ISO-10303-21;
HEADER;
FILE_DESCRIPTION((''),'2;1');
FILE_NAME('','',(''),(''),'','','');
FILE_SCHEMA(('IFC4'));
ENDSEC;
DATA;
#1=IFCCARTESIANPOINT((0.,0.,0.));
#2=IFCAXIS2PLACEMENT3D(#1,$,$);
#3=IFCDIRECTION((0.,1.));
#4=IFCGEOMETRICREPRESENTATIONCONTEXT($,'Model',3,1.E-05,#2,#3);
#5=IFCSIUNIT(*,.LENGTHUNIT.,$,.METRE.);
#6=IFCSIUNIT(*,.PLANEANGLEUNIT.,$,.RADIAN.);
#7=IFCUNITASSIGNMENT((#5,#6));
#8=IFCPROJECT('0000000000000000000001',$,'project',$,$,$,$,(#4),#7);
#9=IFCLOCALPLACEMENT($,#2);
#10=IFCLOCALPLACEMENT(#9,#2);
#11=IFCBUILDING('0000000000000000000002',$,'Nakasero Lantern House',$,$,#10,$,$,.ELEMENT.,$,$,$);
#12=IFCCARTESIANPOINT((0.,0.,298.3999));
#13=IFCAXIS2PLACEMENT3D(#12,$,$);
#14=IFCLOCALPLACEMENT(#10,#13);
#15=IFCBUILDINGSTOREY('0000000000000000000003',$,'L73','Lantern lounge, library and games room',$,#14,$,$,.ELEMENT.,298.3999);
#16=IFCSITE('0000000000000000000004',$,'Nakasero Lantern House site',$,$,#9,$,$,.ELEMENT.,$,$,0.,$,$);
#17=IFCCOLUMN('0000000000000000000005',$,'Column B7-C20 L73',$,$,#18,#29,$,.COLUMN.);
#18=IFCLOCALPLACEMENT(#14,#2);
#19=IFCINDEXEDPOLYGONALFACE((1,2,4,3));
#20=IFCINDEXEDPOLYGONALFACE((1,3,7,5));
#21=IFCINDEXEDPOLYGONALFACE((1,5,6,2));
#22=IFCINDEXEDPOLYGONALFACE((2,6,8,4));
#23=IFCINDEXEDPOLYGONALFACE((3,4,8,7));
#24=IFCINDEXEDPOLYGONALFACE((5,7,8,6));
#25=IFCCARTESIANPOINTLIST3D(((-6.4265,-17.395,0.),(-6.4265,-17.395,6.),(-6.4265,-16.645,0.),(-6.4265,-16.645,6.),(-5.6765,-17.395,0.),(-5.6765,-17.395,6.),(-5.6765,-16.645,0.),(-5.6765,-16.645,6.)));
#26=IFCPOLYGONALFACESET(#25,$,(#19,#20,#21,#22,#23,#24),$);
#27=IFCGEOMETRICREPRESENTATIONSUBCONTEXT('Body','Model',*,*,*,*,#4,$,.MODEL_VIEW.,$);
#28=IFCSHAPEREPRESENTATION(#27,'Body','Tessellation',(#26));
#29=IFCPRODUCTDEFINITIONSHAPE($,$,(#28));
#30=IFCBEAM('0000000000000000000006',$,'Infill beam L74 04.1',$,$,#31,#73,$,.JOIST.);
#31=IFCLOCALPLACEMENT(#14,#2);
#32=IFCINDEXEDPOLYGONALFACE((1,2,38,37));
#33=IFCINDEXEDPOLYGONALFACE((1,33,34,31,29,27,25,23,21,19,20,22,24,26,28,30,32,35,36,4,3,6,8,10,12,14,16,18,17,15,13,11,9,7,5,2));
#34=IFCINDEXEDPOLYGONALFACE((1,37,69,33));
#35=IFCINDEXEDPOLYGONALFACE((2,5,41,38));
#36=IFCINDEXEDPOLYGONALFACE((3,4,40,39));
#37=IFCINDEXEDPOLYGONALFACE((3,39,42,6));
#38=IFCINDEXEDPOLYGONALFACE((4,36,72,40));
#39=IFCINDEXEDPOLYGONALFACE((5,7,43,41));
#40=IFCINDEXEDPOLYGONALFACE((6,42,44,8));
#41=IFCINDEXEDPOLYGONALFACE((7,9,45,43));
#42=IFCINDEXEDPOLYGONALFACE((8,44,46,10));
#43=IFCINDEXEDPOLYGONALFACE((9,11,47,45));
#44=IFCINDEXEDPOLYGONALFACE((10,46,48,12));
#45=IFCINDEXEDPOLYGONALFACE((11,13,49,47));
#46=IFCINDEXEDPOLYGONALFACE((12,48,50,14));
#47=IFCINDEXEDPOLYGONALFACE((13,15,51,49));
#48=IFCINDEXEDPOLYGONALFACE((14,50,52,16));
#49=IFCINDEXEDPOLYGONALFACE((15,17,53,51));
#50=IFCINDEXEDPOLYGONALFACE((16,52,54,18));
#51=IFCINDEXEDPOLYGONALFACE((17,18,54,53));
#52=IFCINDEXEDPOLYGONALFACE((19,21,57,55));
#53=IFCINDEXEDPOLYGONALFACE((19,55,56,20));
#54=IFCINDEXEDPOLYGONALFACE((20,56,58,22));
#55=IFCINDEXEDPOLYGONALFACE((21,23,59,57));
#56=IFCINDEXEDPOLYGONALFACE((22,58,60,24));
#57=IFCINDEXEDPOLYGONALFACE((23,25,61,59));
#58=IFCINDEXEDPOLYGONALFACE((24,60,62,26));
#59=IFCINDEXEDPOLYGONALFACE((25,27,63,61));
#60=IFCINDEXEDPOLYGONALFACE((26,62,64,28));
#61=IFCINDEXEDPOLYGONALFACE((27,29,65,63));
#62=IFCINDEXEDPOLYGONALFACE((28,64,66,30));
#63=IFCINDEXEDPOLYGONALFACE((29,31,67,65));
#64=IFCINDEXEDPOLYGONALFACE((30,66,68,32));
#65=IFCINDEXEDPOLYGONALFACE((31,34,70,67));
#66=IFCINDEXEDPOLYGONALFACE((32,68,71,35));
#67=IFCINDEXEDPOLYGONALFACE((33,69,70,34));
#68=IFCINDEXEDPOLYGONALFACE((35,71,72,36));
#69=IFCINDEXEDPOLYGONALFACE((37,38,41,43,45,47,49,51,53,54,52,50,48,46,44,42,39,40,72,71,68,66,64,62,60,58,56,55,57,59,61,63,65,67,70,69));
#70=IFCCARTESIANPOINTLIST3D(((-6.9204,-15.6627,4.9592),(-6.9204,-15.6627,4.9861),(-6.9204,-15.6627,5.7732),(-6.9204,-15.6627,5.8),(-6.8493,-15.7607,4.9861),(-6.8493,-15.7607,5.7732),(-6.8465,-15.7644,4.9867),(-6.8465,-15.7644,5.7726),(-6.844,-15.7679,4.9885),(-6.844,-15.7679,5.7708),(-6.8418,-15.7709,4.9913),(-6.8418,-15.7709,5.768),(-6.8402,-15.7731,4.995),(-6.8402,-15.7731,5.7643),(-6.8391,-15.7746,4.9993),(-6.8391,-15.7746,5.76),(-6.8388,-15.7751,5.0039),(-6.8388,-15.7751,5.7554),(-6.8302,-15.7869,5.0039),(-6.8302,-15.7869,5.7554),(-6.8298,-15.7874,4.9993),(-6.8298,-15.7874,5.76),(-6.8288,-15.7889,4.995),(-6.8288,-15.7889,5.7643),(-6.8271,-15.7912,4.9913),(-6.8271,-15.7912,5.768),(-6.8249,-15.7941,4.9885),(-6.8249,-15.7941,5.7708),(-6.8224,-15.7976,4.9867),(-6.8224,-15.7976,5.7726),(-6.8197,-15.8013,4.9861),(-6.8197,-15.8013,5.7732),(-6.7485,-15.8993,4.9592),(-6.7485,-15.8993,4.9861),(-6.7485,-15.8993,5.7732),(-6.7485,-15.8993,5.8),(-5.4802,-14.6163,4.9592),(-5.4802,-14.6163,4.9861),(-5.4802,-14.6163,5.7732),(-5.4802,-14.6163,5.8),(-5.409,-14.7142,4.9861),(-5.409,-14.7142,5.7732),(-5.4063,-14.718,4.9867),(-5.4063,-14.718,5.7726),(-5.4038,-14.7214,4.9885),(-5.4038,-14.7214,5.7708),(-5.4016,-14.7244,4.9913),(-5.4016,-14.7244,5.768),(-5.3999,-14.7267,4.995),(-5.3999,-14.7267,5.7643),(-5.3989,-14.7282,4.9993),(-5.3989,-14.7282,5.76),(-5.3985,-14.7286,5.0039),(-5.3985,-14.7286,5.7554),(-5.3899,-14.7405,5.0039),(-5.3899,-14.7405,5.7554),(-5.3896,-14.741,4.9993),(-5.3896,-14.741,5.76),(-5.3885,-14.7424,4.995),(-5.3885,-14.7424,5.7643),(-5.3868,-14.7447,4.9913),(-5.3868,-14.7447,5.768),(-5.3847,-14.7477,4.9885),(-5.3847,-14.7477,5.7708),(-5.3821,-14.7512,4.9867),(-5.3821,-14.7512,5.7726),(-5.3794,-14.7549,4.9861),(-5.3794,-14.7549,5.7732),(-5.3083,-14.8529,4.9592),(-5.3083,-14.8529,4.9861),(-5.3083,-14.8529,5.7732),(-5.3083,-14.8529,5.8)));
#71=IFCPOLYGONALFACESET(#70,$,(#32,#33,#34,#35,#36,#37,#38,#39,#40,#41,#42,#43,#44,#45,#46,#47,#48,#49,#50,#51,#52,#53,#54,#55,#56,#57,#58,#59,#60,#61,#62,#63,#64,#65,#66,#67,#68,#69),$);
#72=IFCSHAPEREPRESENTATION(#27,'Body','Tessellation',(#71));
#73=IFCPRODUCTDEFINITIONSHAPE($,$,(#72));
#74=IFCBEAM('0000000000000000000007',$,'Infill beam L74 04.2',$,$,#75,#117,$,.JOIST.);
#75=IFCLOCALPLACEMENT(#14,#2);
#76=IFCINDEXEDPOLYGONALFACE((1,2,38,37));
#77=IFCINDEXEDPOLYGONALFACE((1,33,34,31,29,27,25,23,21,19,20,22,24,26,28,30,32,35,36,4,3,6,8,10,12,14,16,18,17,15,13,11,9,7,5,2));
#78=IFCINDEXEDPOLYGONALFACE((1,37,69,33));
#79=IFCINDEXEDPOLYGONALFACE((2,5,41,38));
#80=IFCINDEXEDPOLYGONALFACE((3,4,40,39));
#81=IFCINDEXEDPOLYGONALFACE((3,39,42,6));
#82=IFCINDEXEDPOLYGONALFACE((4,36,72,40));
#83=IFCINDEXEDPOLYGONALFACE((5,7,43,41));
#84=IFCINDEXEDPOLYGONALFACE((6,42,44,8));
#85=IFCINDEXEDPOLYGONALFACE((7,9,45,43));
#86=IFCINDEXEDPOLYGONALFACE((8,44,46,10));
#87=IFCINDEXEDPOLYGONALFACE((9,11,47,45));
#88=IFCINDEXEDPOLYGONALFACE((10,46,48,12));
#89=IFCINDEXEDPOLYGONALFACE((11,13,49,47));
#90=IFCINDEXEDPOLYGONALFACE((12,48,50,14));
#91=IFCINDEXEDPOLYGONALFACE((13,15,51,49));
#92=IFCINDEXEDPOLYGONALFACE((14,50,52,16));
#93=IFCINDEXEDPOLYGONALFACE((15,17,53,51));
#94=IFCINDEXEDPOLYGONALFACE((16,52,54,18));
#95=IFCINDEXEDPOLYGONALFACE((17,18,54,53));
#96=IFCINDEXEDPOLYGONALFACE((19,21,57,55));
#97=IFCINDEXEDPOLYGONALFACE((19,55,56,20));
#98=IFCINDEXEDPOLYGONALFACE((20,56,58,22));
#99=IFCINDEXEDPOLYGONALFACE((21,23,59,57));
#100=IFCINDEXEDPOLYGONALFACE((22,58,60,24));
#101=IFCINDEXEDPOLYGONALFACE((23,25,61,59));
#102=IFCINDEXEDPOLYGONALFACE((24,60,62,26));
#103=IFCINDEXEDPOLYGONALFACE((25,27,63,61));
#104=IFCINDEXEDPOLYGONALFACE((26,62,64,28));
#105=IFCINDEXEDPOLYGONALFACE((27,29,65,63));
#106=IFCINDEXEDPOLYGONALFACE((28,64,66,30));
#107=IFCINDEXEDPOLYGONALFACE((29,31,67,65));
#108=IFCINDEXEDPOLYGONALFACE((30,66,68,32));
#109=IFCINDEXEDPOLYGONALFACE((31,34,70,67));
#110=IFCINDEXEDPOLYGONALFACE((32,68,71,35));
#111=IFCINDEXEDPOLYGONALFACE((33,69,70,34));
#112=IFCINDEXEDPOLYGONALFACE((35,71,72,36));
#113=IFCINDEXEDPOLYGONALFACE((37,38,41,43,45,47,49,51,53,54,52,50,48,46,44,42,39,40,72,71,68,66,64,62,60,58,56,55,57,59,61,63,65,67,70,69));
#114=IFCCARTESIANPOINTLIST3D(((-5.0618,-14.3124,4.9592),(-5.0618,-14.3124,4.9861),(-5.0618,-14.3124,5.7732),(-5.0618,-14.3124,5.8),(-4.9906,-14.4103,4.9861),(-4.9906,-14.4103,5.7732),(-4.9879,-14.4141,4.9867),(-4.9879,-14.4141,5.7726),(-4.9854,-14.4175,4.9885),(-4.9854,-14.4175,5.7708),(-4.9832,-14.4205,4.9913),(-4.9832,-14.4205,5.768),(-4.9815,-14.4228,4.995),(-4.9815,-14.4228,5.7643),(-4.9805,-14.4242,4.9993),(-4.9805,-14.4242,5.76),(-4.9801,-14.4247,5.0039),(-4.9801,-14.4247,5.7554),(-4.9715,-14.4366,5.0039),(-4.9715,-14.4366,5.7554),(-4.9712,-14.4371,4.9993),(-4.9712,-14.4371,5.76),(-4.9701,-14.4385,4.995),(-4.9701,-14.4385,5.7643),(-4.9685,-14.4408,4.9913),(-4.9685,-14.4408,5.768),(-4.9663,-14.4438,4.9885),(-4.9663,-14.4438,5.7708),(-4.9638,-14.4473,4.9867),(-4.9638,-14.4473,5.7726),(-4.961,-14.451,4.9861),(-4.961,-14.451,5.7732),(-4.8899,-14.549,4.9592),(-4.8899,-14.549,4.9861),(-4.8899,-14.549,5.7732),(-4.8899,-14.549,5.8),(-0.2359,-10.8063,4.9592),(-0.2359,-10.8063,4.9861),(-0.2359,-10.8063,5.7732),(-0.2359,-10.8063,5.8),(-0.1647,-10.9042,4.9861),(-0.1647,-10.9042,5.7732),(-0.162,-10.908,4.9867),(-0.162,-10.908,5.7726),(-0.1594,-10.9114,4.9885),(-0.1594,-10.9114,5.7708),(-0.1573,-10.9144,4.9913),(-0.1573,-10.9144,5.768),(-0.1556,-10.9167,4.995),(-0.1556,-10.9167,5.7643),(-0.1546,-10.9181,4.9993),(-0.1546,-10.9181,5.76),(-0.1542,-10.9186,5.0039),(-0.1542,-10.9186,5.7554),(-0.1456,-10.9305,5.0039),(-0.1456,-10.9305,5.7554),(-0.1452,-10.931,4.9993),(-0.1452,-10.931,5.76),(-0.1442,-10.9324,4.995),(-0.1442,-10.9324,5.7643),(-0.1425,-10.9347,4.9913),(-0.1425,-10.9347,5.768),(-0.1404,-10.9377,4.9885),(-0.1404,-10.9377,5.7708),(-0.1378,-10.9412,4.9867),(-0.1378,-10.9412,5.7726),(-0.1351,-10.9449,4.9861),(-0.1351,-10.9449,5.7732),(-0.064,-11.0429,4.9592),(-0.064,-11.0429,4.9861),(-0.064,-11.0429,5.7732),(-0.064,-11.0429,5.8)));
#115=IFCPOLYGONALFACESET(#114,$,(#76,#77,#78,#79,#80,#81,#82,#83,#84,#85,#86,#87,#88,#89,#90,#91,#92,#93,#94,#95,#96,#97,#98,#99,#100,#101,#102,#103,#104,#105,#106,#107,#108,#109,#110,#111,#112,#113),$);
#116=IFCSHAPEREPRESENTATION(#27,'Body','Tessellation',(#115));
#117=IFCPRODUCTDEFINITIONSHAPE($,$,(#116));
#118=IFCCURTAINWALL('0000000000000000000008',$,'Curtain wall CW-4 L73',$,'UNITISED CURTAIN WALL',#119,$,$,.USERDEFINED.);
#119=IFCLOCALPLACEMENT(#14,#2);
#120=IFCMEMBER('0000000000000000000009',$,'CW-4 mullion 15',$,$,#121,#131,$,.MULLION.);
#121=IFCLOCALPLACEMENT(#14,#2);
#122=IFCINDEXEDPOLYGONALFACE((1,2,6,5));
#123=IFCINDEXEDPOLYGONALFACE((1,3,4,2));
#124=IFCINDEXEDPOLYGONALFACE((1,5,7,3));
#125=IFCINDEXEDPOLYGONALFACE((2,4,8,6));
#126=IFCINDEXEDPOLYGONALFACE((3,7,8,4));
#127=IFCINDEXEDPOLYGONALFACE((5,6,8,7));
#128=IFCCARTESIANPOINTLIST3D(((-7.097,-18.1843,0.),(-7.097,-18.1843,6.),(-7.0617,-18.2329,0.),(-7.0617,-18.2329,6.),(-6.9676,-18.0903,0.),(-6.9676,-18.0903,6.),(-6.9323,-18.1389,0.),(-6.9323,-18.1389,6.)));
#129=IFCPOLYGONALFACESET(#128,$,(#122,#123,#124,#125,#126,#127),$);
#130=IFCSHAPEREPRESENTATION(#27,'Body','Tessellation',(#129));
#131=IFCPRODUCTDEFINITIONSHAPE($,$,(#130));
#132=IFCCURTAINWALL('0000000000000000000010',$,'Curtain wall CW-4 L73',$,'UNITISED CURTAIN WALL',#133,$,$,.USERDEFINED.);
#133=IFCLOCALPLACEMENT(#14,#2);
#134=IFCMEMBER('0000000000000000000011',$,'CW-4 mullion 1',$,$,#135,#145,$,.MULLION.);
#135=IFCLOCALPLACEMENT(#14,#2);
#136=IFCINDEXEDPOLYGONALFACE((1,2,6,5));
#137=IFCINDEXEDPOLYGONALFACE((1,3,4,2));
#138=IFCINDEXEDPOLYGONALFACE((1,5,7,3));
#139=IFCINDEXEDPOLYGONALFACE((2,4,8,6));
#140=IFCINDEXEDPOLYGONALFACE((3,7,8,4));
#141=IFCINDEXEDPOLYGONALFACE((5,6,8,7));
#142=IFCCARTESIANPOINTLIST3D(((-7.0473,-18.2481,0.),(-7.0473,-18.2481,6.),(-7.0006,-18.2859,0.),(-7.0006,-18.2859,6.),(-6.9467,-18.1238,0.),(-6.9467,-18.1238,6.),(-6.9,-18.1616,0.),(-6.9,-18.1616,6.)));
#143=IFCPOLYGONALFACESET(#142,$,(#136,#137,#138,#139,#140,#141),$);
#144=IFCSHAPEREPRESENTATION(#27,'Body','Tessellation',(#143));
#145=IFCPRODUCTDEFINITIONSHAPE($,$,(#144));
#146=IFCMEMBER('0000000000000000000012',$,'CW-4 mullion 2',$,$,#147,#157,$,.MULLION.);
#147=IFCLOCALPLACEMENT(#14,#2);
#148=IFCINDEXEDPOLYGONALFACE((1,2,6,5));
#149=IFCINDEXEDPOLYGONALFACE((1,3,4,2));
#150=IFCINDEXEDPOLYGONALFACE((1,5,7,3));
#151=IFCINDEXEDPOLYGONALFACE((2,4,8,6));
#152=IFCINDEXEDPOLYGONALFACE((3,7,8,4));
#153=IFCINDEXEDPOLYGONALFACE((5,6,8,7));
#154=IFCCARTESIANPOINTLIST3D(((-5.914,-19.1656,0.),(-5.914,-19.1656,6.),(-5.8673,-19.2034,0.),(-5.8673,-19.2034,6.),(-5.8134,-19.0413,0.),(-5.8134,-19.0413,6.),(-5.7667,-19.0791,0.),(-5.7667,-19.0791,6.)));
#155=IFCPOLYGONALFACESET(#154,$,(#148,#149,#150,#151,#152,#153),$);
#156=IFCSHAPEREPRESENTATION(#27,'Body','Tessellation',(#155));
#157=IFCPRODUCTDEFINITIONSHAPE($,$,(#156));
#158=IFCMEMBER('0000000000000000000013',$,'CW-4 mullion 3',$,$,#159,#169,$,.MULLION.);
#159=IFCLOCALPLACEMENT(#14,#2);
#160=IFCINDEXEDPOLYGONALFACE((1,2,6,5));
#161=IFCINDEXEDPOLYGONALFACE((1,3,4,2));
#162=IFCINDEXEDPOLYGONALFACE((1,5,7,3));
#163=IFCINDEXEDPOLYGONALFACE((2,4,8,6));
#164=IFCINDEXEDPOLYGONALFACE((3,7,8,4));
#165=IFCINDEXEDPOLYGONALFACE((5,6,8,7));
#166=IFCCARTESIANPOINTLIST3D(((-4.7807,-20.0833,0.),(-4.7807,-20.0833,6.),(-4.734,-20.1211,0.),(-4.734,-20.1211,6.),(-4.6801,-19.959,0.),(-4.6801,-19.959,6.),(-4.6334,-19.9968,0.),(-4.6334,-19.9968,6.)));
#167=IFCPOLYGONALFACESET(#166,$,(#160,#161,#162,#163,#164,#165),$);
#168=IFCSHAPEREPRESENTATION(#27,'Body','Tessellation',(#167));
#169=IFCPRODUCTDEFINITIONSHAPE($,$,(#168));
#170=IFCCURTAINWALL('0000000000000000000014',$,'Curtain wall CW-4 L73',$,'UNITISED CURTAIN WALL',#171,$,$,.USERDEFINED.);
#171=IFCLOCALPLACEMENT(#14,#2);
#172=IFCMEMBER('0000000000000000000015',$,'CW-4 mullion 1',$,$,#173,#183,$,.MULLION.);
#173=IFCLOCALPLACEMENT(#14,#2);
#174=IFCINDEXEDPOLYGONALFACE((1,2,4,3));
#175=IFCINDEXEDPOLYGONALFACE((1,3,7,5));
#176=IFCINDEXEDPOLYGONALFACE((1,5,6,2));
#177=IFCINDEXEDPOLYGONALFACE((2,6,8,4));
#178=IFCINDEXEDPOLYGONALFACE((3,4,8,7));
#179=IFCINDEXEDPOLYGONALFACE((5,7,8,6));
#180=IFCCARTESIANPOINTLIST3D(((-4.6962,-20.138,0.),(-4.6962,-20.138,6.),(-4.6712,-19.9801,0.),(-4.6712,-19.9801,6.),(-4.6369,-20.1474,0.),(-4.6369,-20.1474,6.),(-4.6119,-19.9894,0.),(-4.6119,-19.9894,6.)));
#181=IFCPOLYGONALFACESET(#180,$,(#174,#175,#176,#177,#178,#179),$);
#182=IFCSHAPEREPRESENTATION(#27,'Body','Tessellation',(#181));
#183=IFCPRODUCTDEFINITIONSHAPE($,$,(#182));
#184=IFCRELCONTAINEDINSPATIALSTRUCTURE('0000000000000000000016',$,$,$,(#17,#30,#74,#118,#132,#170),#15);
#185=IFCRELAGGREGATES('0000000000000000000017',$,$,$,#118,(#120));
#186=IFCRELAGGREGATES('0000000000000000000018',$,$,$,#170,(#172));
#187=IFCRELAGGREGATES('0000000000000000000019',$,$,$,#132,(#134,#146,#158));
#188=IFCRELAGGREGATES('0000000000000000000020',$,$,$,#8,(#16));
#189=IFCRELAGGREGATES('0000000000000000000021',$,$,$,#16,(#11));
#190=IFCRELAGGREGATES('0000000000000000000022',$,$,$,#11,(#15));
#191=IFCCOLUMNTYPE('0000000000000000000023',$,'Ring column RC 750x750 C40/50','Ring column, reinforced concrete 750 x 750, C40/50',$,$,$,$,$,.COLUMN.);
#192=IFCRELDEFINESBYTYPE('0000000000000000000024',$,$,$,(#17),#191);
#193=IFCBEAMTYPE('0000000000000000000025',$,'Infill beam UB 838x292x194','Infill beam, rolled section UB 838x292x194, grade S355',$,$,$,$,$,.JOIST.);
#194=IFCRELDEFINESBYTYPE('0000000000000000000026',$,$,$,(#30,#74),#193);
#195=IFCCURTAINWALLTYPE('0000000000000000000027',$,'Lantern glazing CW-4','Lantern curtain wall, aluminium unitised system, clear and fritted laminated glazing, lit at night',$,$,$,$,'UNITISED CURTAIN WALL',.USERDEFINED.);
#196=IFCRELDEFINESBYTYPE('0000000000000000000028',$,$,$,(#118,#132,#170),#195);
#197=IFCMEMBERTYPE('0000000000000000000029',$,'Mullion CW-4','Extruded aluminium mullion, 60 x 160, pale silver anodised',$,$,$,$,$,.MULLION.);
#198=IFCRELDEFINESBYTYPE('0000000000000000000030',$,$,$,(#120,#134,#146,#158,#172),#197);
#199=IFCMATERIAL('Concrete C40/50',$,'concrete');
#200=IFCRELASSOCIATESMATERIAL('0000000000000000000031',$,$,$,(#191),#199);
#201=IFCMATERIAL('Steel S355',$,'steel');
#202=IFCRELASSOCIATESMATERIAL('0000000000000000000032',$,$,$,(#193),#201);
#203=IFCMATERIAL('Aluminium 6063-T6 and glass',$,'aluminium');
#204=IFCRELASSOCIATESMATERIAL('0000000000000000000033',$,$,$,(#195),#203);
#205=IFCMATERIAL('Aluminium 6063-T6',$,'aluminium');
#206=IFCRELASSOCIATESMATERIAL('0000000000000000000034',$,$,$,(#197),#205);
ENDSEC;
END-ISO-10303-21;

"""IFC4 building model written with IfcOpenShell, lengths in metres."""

from ifc_helpers import new_model, si_unit, direction, frame, origin, origin_2d, place, context, subcontext, project, spatial, rectangle, i_section, extrude, material, material_profile, profile_set, type_object, element, aggregate, save


model = new_model("IFC4")

# Units and contexts
model_context = context("Model", 3, precision=1e-05, world=origin(), true_north=direction((0.0, 1.0)))
body_context = subcontext(model_context, "Body", "Model", "MODEL_VIEW")
ifc_project = project(units=[si_unit("LENGTHUNIT", "METRE"), si_unit("PLANEANGLEUNIT", "RADIAN")], contexts=[model_context])

# Site, building, storey
site_placement = place(None, origin())
site = spatial("IfcSite", under=ifc_project, at=site_placement, Name="Nakasero Lantern House site", CompositionType="ELEMENT", RefElevation=0.0)
building_placement = place(site_placement, origin())
building = spatial("IfcBuilding", under=site, at=building_placement, Name="Nakasero Lantern House", CompositionType="ELEMENT")
storey_placement = place(building_placement, frame((0.0, 0.0, 298.3999)))
storey = spatial("IfcBuildingStorey", under=building, at=storey_placement, Name="L73", Description="Lantern lounge, library and games room", CompositionType="ELEMENT", Elevation=298.3999)

# Column
ifc_material_1 = material(Name="Concrete C40/50", Category="concrete")
ifc_material_profile_1 = material_profile(ifc_material_1, rectangle(XDim=0.75, YDim=0.75, at=origin_2d()), Name="RC 750x750")
ifc_profile_set_1 = profile_set([ifc_material_profile_1], Name="Concrete C40/50")
column_type = type_object("IfcColumnType", Name="Ring column RC 750x750 C40/50", Description="Ring column, reinforced concrete 750 x 750, C40/50", PredefinedType="COLUMN", material=ifc_profile_set_1)
column_placement = place(storey_placement, frame((-6.0515, -17.02, 0.0), z_axis=(0.0, 0.0, 1.0), x_axis=(1.0, 0.0, 0.0)))
element("IfcColumn", 1, at=column_placement, inside=storey, type_object=column_type, Name="Column B7-C20 L73", PredefinedType="COLUMN", context=body_context, shape_type="SweptSolid", body=[
    extrude(rectangle(XDim=0.75, YDim=0.75, at=origin_2d()), origin(), (0.0, 0.0, 1.0), 6.0),
])

# Beams
ifc_material_2 = material(Name="Steel S355", Category="steel")
ifc_material_profile_2 = material_profile(ifc_material_2, i_section(OverallWidth=0.2925, OverallDepth=0.8408, WebThickness=0.0146, FlangeThickness=0.0269, FilletRadius=0.0178, at=origin_2d()), Name="UB 838x292x194")
ifc_profile_set_2 = profile_set([ifc_material_profile_2], Name="Steel S355")
beam_type_1 = type_object("IfcBeamType", Name="Infill beam UB 838x292x194", Description="Infill beam, rolled section UB 838x292x194, grade S355", PredefinedType="JOIST", material=ifc_profile_set_2)
beam_1_placement = place(storey_placement, frame((-6.8345, -15.781, 5.3796), z_axis=(0.809009, 0.587797, 0.0), x_axis=(-0.587797, 0.809009, 0.0)))
element("IfcBeam", 2, at=beam_1_placement, inside=storey, type_object=beam_type_1, Name="Infill beam L74 04.1", PredefinedType="JOIST", context=body_context, shape_type="SweptSolid", body=[
    extrude(i_section(OverallWidth=0.2925, OverallDepth=0.8408, WebThickness=0.0146, FlangeThickness=0.0269, FilletRadius=0.0178, at=origin_2d()), origin(), (0.0, 0.0, 1.0), 1.7803),
])
beam_2_placement = place(storey_placement, frame((-4.9758, -14.4307, 5.3796), z_axis=(0.809028, 0.58777, 0.0), x_axis=(-0.58777, 0.809028, 0.0)))
element("IfcBeam", 3, at=beam_2_placement, inside=storey, type_object=beam_type_1, Name="Infill beam L74 04.2", PredefinedType="JOIST", context=body_context, shape_type="SweptSolid", body=[
    extrude(i_section(OverallWidth=0.2925, OverallDepth=0.8408, WebThickness=0.0146, FlangeThickness=0.0269, FilletRadius=0.0178, at=origin_2d()), origin(), (0.0, 0.0, 1.0), 5.9651),
])

# Curtain wall, member
ifc_material_3 = material(Name="Aluminium 6063-T6 and glass", Category="aluminium")
curtain_wall_type = type_object("IfcCurtainWallType", Name="Lantern glazing CW-4", Description="Lantern curtain wall, aluminium unitised system, clear and fritted laminated glazing, lit at night", ElementType="UNITISED CURTAIN WALL", PredefinedType="USERDEFINED", material=ifc_material_3)
curtain_wall_1_placement = place(storey_placement, origin())
curtain_wall_1 = element("IfcCurtainWall", 4, at=curtain_wall_1_placement, inside=storey, type_object=curtain_wall_type, Name="Curtain wall CW-4 L73", ObjectType="UNITISED CURTAIN WALL", PredefinedType="USERDEFINED")
ifc_material_4 = material(Name="Aluminium 6063-T6", Category="aluminium")
ifc_material_profile_3 = material_profile(ifc_material_4, rectangle(XDim=0.0601, YDim=0.1599, at=origin_2d()), Name="CW-4 mullion 60x160")
ifc_profile_set_3 = profile_set([ifc_material_profile_3], Name="Aluminium 6063-T6")
member_type_1 = type_object("IfcMemberType", Name="Mullion CW-4", Description="Extruded aluminium mullion, 60 x 160, pale silver anodised", PredefinedType="MULLION", material=ifc_profile_set_3)
member_1_placement = place(storey_placement, frame((-7.0146, -18.1616, 0.0), z_axis=(0.0, 0.0, 1.0), x_axis=(0.587785, -0.809017, 0.0)))
member_1 = element("IfcMember", 5, at=member_1_placement, type_object=member_type_1, Name="CW-4 mullion 15", PredefinedType="MULLION", context=body_context, shape_type="SweptSolid", body=[
    extrude(rectangle(XDim=0.0601, YDim=0.1599, at=origin_2d()), origin(), (0.0, 0.0, 1.0), 6.0),
])
aggregate(curtain_wall_1, [member_1])

# Curtain wall, members
curtain_wall_2_placement = place(storey_placement, origin())
curtain_wall_2 = element("IfcCurtainWall", 6, at=curtain_wall_2_placement, inside=storey, type_object=curtain_wall_type, Name="Curtain wall CW-4 L73", ObjectType="UNITISED CURTAIN WALL", PredefinedType="USERDEFINED")
member_2_placement = place(storey_placement, frame((-6.9736, -18.2048, 0.0), z_axis=(0.0, 0.0, 1.0), x_axis=(0.777146, -0.62932, 0.0)))
member_2 = element("IfcMember", 7, at=member_2_placement, type_object=member_type_1, Name="CW-4 mullion 1", PredefinedType="MULLION", context=body_context, shape_type="SweptSolid", body=[
    extrude(rectangle(XDim=0.0601, YDim=0.1599, at=origin_2d()), origin(), (0.0, 0.0, 1.0), 6.0),
])
member_3_placement = place(storey_placement, frame((-5.8403, -19.1223, 0.0), z_axis=(0.0, 0.0, 1.0), x_axis=(0.777146, -0.62932, 0.0)))
member_3 = element("IfcMember", 8, at=member_3_placement, type_object=member_type_1, Name="CW-4 mullion 2", PredefinedType="MULLION", context=body_context, shape_type="SweptSolid", body=[
    extrude(rectangle(XDim=0.0601, YDim=0.1599, at=origin_2d()), origin(), (0.0, 0.0, 1.0), 6.0),
])
member_4_placement = place(storey_placement, frame((-4.707, -20.04, 0.0), z_axis=(0.0, 0.0, 1.0), x_axis=(0.777146, -0.62932, 0.0)))
member_4 = element("IfcMember", 9, at=member_4_placement, type_object=member_type_1, Name="CW-4 mullion 3", PredefinedType="MULLION", context=body_context, shape_type="SweptSolid", body=[
    extrude(rectangle(XDim=0.0601, YDim=0.1599, at=origin_2d()), origin(), (0.0, 0.0, 1.0), 6.0),
])

# Curtain wall, member
curtain_wall_3_placement = place(storey_placement, origin())
curtain_wall_3 = element("IfcCurtainWall", 10, at=curtain_wall_3_placement, inside=storey, type_object=curtain_wall_type, Name="Curtain wall CW-4 L73", ObjectType="UNITISED CURTAIN WALL", PredefinedType="USERDEFINED")
member_5_placement = place(storey_placement, frame((-4.6541, -20.0637, 0.0), z_axis=(0.0, 0.0, 1.0), x_axis=(0.987688, -0.156434, 0.0)))
member_5 = element("IfcMember", 11, at=member_5_placement, type_object=member_type_1, Name="CW-4 mullion 1", PredefinedType="MULLION", context=body_context, shape_type="SweptSolid", body=[
    extrude(rectangle(XDim=0.0601, YDim=0.1599, at=origin_2d()), origin(), (0.0, 0.0, 1.0), 6.0),
])

aggregate(curtain_wall_3, [member_5])

aggregate(curtain_wall_2, [member_2, member_3, member_4])

save(model, "model.ifc")
